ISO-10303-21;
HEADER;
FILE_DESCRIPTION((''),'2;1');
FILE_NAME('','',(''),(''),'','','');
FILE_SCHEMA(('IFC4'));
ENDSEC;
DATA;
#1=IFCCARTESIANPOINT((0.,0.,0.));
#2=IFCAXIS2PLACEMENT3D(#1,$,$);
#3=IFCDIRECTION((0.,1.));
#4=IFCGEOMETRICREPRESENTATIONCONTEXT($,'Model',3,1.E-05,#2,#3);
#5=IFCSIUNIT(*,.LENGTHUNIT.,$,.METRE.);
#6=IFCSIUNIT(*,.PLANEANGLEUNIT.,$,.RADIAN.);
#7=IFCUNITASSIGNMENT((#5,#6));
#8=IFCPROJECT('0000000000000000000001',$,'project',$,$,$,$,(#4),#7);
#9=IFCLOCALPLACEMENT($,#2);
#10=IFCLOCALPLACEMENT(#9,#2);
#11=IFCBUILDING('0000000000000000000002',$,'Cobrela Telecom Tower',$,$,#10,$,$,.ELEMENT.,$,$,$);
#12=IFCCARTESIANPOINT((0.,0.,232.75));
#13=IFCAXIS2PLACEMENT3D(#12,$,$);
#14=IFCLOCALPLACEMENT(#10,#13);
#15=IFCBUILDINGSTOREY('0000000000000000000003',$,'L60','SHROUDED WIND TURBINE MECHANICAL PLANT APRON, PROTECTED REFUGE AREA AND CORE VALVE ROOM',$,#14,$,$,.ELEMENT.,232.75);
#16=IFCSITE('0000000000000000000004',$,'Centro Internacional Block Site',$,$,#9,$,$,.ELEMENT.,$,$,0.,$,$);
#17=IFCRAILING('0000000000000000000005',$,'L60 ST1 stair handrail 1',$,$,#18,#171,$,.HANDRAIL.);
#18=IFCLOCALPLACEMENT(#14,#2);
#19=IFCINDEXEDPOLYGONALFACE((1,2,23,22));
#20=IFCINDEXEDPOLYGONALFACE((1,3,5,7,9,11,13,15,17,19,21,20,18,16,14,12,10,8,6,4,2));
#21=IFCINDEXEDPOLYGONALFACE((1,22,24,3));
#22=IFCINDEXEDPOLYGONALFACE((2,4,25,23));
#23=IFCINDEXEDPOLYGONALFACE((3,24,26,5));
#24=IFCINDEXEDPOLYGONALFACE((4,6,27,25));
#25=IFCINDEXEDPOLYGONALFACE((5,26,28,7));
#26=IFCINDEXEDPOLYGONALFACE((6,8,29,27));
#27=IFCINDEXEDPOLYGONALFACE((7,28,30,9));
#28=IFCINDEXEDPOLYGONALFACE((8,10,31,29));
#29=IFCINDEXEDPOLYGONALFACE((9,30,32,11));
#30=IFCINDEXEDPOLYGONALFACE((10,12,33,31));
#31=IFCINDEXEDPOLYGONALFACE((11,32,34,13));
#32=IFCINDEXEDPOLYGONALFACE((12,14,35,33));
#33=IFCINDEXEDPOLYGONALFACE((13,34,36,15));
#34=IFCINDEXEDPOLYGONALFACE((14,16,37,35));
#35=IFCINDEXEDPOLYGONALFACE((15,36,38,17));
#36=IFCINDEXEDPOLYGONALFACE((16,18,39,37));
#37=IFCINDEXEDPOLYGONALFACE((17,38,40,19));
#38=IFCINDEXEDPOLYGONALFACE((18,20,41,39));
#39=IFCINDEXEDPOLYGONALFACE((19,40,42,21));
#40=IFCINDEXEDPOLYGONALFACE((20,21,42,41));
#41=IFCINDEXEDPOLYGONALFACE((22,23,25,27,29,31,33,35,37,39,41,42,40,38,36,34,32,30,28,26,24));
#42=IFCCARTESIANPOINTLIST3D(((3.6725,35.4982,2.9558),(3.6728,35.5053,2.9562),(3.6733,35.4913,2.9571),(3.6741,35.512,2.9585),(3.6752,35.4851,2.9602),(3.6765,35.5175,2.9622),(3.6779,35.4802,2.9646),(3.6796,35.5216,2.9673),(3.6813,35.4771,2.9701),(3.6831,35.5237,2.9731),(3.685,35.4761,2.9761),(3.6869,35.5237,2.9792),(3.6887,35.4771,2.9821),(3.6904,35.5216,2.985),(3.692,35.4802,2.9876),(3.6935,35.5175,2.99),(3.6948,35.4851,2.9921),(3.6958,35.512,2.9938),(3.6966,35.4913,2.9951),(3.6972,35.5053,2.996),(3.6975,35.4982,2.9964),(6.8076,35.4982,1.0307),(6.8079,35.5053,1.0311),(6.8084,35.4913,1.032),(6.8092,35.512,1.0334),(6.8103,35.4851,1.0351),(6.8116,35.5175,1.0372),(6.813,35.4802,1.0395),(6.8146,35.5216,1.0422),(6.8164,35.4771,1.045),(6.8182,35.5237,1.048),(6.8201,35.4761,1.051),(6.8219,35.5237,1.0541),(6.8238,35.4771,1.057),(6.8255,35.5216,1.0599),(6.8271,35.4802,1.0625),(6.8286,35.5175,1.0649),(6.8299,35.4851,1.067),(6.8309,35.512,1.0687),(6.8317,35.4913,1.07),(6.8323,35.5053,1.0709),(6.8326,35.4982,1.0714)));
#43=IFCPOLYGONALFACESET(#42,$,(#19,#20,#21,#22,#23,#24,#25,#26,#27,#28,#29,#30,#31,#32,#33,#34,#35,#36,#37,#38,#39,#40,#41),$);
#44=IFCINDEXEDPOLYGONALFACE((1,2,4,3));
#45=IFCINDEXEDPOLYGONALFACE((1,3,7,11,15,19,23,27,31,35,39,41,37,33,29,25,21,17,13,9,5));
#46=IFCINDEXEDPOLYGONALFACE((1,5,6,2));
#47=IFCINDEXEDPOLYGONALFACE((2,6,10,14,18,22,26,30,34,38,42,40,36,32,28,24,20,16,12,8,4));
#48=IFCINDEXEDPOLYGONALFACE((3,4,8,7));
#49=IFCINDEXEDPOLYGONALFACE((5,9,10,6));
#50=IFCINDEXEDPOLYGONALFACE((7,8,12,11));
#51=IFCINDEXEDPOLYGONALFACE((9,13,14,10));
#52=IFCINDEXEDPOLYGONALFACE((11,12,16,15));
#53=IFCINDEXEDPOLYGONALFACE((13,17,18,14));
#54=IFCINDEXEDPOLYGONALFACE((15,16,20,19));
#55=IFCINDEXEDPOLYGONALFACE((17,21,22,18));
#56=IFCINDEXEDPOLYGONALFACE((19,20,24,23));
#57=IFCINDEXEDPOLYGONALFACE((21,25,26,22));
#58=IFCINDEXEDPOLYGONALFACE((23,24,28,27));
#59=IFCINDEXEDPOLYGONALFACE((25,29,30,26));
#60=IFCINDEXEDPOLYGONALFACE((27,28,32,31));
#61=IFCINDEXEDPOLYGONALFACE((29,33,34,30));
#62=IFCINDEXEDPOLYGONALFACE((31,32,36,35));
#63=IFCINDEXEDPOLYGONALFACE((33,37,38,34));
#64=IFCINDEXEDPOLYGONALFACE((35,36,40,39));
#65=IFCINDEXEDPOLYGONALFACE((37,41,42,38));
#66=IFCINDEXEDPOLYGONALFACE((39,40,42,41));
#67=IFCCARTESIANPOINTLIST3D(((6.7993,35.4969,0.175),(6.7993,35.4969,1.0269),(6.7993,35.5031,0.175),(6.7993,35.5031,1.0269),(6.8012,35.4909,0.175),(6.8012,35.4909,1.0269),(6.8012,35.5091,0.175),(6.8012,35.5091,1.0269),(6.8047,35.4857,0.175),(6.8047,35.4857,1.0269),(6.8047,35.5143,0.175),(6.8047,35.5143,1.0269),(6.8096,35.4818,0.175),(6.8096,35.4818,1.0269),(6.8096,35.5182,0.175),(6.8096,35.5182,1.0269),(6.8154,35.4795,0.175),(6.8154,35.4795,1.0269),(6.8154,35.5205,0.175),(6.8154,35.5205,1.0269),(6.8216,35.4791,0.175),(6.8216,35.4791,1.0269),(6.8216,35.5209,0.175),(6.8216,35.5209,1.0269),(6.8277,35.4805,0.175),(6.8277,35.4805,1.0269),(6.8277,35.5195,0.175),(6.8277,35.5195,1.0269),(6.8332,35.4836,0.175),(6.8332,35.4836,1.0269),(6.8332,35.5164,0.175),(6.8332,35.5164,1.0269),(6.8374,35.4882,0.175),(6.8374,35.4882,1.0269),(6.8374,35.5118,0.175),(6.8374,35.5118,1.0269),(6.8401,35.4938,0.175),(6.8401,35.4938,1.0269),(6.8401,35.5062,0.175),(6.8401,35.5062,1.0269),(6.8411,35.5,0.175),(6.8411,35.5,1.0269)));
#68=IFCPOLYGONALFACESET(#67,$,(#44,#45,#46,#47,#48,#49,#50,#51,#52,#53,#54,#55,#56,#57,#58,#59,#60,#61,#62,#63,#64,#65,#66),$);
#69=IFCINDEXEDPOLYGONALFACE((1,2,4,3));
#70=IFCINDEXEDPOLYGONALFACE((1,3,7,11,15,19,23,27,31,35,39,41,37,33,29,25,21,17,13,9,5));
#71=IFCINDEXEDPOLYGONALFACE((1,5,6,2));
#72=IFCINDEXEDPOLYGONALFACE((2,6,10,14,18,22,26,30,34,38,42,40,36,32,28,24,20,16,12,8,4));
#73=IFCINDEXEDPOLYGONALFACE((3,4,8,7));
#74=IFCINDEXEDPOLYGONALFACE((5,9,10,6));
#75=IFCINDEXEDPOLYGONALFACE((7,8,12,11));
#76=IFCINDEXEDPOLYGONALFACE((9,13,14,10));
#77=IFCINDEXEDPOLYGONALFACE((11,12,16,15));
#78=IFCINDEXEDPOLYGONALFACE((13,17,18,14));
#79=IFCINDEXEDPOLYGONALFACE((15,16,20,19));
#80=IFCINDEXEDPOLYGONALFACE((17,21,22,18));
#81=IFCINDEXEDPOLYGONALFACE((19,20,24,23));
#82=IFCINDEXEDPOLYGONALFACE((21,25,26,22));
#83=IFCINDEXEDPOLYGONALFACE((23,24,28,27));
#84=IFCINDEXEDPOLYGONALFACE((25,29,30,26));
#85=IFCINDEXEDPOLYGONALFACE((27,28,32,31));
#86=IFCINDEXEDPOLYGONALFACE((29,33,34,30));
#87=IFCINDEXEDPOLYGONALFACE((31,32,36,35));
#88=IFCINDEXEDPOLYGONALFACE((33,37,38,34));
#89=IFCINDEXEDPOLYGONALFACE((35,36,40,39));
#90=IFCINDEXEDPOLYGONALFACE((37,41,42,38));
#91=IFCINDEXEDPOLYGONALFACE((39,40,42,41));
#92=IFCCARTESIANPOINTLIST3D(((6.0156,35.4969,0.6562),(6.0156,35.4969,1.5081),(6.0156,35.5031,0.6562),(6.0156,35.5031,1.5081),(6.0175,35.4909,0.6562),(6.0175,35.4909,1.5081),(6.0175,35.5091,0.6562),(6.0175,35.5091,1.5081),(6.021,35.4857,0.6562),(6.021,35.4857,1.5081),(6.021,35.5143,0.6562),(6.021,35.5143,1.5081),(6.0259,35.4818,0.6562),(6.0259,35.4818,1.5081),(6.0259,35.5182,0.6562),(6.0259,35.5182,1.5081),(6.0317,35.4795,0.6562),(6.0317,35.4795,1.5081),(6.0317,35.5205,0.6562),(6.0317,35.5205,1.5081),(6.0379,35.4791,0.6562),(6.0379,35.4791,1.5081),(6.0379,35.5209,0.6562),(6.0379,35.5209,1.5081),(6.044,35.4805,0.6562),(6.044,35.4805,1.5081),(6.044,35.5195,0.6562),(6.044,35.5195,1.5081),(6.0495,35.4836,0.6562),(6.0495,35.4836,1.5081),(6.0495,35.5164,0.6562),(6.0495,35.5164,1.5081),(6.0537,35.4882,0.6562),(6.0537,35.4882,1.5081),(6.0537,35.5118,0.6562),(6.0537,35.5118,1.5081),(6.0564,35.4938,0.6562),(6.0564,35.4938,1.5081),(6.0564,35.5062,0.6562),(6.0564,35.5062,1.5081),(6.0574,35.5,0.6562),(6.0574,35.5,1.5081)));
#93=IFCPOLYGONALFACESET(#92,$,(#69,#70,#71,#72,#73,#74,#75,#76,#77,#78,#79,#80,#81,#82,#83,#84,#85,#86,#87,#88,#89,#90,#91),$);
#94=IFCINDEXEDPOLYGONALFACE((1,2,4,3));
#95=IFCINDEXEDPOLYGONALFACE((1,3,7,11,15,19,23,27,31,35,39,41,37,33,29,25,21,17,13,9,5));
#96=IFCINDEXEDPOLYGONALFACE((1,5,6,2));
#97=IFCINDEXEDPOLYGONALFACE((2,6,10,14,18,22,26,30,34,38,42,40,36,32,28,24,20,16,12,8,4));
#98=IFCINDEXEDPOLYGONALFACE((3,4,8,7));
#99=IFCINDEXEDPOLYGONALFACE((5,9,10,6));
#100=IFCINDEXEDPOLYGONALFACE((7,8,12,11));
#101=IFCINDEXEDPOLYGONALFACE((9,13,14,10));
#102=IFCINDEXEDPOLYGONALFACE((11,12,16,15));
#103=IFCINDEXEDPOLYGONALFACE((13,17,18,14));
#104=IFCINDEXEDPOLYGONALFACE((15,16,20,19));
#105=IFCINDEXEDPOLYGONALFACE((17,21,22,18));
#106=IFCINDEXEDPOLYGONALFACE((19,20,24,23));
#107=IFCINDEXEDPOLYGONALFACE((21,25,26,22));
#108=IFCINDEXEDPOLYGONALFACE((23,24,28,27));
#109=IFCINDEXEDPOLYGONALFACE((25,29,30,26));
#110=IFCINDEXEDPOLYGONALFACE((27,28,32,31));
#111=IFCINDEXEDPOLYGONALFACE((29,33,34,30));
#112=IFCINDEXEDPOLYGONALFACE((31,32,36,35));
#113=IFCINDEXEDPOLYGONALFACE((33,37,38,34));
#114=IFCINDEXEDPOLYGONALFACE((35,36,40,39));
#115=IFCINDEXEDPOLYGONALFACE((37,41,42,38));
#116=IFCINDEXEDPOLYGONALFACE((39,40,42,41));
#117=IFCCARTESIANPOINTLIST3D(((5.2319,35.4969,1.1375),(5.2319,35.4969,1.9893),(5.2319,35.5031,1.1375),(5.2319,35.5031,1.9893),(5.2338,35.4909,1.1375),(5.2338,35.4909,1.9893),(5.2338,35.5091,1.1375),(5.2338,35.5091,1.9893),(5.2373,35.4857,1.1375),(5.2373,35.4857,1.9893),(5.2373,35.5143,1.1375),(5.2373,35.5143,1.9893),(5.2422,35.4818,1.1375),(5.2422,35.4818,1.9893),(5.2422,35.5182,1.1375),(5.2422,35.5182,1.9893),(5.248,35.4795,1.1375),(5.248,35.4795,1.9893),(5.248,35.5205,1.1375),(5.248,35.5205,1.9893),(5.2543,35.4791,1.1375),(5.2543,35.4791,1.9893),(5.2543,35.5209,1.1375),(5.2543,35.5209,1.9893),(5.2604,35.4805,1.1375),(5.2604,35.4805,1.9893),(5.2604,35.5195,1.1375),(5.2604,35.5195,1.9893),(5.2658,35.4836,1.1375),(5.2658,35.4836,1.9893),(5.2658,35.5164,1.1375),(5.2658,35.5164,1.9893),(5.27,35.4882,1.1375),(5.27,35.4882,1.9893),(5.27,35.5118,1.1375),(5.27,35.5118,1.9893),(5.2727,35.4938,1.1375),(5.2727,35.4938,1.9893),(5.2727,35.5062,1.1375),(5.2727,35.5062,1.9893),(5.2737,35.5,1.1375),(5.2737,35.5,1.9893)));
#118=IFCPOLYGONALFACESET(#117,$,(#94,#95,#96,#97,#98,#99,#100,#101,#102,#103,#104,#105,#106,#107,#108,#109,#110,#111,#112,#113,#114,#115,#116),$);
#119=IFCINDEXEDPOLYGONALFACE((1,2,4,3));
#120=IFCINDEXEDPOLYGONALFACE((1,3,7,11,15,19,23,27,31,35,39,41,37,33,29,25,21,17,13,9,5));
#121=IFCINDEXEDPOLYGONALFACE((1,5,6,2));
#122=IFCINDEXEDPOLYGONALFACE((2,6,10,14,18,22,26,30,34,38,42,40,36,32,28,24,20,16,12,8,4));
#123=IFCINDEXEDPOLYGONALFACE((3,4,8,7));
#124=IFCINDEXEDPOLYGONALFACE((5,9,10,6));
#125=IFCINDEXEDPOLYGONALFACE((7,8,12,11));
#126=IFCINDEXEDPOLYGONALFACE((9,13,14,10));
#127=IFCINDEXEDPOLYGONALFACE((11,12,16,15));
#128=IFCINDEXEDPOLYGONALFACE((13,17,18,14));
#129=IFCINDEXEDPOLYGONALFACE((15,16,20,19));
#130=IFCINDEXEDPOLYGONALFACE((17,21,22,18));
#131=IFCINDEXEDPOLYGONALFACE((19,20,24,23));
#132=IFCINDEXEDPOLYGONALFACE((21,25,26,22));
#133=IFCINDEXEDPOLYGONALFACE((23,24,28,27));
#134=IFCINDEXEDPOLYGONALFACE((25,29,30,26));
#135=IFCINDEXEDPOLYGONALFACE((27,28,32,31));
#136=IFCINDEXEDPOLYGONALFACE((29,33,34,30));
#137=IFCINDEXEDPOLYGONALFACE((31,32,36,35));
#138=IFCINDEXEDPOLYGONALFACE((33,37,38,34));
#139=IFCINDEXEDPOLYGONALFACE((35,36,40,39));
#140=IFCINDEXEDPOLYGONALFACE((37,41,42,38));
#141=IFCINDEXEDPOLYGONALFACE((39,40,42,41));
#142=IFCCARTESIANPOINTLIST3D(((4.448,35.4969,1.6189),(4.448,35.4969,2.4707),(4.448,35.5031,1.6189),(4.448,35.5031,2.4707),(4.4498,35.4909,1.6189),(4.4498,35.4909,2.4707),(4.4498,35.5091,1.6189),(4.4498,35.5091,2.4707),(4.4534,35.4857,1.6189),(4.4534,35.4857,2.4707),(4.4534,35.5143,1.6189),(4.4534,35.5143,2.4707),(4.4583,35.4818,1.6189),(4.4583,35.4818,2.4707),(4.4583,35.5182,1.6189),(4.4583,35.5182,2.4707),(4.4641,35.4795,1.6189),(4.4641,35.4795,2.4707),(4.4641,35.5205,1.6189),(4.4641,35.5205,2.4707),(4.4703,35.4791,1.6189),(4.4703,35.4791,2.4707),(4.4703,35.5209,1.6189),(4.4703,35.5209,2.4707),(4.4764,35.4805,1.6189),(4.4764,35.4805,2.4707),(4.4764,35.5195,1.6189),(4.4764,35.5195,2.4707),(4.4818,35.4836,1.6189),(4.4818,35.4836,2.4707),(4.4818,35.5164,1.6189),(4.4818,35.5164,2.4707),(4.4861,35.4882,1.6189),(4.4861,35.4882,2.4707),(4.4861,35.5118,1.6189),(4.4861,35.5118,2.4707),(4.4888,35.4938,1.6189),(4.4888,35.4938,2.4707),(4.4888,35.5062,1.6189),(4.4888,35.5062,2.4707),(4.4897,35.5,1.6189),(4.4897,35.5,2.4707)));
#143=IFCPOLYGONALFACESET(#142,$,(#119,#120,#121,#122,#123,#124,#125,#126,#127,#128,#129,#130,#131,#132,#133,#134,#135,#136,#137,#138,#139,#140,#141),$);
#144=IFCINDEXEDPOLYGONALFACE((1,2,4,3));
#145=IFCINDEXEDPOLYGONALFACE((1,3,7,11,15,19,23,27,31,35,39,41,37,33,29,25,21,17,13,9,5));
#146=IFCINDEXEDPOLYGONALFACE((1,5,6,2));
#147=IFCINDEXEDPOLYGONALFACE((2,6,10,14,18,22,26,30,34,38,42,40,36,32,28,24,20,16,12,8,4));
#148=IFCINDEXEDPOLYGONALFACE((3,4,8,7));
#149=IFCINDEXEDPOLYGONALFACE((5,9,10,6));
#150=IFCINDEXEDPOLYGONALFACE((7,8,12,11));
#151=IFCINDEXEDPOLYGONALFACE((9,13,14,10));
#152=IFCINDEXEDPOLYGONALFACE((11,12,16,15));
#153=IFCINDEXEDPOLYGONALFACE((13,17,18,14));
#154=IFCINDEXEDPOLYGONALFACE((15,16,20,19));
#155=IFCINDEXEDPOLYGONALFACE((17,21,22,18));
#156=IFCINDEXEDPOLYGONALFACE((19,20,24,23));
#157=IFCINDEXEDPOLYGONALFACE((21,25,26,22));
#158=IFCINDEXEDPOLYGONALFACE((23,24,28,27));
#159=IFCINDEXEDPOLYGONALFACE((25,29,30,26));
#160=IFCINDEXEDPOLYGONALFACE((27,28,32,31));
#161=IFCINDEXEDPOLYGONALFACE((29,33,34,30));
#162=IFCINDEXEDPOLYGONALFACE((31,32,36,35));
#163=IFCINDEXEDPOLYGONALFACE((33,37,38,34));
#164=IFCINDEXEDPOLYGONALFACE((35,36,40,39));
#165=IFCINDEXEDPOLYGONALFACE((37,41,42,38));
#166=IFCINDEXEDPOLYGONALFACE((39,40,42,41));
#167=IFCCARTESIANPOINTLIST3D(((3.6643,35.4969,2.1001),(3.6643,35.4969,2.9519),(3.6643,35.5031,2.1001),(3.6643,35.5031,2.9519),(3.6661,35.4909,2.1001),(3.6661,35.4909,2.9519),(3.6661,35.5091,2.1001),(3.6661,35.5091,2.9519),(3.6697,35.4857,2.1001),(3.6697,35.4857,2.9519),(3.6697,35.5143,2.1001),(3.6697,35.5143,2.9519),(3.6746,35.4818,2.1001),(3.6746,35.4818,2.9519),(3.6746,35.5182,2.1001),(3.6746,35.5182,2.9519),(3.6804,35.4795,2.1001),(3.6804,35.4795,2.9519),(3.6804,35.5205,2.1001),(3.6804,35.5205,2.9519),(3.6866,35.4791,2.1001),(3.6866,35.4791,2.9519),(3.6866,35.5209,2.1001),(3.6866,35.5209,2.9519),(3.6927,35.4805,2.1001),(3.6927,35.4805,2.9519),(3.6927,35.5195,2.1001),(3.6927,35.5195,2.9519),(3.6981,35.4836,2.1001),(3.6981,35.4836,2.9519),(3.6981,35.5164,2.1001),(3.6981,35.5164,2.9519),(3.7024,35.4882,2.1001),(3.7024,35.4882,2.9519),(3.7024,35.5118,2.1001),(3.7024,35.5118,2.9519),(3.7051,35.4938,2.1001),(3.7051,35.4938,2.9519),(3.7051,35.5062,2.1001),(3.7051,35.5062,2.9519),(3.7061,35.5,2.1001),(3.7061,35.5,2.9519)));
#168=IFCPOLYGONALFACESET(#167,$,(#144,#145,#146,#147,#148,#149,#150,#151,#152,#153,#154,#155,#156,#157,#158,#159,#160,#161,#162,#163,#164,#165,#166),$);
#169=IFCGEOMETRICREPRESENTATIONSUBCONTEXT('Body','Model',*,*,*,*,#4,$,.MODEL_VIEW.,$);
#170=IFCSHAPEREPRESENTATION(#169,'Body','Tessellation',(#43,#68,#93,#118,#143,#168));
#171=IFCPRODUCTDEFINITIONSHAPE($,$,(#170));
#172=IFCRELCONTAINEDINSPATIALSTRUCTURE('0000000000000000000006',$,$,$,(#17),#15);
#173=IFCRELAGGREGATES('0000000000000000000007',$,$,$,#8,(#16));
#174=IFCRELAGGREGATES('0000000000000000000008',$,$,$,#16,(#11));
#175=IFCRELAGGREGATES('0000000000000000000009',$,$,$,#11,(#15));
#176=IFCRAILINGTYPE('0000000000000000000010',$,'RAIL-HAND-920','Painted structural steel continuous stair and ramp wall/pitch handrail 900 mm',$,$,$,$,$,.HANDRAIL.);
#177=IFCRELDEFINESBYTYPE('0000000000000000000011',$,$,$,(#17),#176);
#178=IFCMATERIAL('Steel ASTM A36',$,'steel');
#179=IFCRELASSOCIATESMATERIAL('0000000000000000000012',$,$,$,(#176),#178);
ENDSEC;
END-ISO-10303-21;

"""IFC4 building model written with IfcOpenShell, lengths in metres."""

from ifc_helpers import new_model, si_unit, direction, frame, origin, origin_2d, place, context, subcontext, project, spatial, circle, extrude, material, type_object, element, save


model = new_model("IFC4")

# Units and contexts
model_context = context("Model", 3, precision=1e-05, world=origin(), true_north=direction((0.0, 1.0)))
body_context = subcontext(model_context, "Body", "Model", "MODEL_VIEW")
ifc_project = project(units=[si_unit("LENGTHUNIT", "METRE"), si_unit("PLANEANGLEUNIT", "RADIAN")], contexts=[model_context])

# Site, building, storey
site_placement = place(None, origin())
site = spatial("IfcSite", under=ifc_project, at=site_placement, Name="Centro Internacional Block Site", CompositionType="ELEMENT", RefElevation=0.0)
building_placement = place(site_placement, origin())
building = spatial("IfcBuilding", under=site, at=building_placement, Name="Cobrela Telecom Tower", CompositionType="ELEMENT")
storey_placement = place(building_placement, frame((0.0, 0.0, 232.75)))
storey = spatial("IfcBuildingStorey", under=building, at=storey_placement, Name="L60", Description="SHROUDED WIND TURBINE MECHANICAL PLANT APRON, PROTECTED REFUGE AREA AND CORE VALVE ROOM", CompositionType="ELEMENT", Elevation=232.75)

# Shared definitions
ifc_material_1 = material(Name="Steel ASTM A36", Category="steel")

# Railing
railing_type_1 = type_object("IfcRailingType", Name="RAIL-HAND-920", Description="Painted structural steel continuous stair and ramp wall/pitch handrail 900 mm", PredefinedType="HANDRAIL", material=ifc_material_1)
railing_1_placement = place(storey_placement, frame((6.8201, 35.5, 0.175)))
element("IfcRailing", 1, at=railing_1_placement, inside=storey, type_object=railing_type_1, Name="L60 ST1 stair handrail 1", PredefinedType="HANDRAIL", context=body_context, shape_type="SweptSolid", body=[
    extrude(circle(Radius=0.0239, at=origin_2d()), frame((0.0, 0.0, 0.876), z_axis=(-0.852166, 0.0, 0.523271), x_axis=(0.0, -1.0, 0.0)), (0.0, 0.0, 1.0), 3.679),
    extrude(circle(Radius=0.021, at=origin_2d()), origin(), (0.0, 0.0, 1.0), 0.8518),
    extrude(circle(Radius=0.021, at=origin_2d()), frame((-0.7837, 0.0, 0.4812)), (0.0, 0.0, 1.0), 0.8518),
    extrude(circle(Radius=0.021, at=origin_2d()), frame((-1.5674, 0.0, 0.9624)), (0.0, 0.0, 1.0), 0.8518),
    extrude(circle(Radius=0.021, at=origin_2d()), frame((-2.3513, 0.0, 1.4438)), (0.0, 0.0, 1.0), 0.8518),
    extrude(circle(Radius=0.021, at=origin_2d()), frame((-3.135, 0.0, 1.925)), (0.0, 0.0, 1.0), 0.8518),
])

save(model, "model.ifc")
